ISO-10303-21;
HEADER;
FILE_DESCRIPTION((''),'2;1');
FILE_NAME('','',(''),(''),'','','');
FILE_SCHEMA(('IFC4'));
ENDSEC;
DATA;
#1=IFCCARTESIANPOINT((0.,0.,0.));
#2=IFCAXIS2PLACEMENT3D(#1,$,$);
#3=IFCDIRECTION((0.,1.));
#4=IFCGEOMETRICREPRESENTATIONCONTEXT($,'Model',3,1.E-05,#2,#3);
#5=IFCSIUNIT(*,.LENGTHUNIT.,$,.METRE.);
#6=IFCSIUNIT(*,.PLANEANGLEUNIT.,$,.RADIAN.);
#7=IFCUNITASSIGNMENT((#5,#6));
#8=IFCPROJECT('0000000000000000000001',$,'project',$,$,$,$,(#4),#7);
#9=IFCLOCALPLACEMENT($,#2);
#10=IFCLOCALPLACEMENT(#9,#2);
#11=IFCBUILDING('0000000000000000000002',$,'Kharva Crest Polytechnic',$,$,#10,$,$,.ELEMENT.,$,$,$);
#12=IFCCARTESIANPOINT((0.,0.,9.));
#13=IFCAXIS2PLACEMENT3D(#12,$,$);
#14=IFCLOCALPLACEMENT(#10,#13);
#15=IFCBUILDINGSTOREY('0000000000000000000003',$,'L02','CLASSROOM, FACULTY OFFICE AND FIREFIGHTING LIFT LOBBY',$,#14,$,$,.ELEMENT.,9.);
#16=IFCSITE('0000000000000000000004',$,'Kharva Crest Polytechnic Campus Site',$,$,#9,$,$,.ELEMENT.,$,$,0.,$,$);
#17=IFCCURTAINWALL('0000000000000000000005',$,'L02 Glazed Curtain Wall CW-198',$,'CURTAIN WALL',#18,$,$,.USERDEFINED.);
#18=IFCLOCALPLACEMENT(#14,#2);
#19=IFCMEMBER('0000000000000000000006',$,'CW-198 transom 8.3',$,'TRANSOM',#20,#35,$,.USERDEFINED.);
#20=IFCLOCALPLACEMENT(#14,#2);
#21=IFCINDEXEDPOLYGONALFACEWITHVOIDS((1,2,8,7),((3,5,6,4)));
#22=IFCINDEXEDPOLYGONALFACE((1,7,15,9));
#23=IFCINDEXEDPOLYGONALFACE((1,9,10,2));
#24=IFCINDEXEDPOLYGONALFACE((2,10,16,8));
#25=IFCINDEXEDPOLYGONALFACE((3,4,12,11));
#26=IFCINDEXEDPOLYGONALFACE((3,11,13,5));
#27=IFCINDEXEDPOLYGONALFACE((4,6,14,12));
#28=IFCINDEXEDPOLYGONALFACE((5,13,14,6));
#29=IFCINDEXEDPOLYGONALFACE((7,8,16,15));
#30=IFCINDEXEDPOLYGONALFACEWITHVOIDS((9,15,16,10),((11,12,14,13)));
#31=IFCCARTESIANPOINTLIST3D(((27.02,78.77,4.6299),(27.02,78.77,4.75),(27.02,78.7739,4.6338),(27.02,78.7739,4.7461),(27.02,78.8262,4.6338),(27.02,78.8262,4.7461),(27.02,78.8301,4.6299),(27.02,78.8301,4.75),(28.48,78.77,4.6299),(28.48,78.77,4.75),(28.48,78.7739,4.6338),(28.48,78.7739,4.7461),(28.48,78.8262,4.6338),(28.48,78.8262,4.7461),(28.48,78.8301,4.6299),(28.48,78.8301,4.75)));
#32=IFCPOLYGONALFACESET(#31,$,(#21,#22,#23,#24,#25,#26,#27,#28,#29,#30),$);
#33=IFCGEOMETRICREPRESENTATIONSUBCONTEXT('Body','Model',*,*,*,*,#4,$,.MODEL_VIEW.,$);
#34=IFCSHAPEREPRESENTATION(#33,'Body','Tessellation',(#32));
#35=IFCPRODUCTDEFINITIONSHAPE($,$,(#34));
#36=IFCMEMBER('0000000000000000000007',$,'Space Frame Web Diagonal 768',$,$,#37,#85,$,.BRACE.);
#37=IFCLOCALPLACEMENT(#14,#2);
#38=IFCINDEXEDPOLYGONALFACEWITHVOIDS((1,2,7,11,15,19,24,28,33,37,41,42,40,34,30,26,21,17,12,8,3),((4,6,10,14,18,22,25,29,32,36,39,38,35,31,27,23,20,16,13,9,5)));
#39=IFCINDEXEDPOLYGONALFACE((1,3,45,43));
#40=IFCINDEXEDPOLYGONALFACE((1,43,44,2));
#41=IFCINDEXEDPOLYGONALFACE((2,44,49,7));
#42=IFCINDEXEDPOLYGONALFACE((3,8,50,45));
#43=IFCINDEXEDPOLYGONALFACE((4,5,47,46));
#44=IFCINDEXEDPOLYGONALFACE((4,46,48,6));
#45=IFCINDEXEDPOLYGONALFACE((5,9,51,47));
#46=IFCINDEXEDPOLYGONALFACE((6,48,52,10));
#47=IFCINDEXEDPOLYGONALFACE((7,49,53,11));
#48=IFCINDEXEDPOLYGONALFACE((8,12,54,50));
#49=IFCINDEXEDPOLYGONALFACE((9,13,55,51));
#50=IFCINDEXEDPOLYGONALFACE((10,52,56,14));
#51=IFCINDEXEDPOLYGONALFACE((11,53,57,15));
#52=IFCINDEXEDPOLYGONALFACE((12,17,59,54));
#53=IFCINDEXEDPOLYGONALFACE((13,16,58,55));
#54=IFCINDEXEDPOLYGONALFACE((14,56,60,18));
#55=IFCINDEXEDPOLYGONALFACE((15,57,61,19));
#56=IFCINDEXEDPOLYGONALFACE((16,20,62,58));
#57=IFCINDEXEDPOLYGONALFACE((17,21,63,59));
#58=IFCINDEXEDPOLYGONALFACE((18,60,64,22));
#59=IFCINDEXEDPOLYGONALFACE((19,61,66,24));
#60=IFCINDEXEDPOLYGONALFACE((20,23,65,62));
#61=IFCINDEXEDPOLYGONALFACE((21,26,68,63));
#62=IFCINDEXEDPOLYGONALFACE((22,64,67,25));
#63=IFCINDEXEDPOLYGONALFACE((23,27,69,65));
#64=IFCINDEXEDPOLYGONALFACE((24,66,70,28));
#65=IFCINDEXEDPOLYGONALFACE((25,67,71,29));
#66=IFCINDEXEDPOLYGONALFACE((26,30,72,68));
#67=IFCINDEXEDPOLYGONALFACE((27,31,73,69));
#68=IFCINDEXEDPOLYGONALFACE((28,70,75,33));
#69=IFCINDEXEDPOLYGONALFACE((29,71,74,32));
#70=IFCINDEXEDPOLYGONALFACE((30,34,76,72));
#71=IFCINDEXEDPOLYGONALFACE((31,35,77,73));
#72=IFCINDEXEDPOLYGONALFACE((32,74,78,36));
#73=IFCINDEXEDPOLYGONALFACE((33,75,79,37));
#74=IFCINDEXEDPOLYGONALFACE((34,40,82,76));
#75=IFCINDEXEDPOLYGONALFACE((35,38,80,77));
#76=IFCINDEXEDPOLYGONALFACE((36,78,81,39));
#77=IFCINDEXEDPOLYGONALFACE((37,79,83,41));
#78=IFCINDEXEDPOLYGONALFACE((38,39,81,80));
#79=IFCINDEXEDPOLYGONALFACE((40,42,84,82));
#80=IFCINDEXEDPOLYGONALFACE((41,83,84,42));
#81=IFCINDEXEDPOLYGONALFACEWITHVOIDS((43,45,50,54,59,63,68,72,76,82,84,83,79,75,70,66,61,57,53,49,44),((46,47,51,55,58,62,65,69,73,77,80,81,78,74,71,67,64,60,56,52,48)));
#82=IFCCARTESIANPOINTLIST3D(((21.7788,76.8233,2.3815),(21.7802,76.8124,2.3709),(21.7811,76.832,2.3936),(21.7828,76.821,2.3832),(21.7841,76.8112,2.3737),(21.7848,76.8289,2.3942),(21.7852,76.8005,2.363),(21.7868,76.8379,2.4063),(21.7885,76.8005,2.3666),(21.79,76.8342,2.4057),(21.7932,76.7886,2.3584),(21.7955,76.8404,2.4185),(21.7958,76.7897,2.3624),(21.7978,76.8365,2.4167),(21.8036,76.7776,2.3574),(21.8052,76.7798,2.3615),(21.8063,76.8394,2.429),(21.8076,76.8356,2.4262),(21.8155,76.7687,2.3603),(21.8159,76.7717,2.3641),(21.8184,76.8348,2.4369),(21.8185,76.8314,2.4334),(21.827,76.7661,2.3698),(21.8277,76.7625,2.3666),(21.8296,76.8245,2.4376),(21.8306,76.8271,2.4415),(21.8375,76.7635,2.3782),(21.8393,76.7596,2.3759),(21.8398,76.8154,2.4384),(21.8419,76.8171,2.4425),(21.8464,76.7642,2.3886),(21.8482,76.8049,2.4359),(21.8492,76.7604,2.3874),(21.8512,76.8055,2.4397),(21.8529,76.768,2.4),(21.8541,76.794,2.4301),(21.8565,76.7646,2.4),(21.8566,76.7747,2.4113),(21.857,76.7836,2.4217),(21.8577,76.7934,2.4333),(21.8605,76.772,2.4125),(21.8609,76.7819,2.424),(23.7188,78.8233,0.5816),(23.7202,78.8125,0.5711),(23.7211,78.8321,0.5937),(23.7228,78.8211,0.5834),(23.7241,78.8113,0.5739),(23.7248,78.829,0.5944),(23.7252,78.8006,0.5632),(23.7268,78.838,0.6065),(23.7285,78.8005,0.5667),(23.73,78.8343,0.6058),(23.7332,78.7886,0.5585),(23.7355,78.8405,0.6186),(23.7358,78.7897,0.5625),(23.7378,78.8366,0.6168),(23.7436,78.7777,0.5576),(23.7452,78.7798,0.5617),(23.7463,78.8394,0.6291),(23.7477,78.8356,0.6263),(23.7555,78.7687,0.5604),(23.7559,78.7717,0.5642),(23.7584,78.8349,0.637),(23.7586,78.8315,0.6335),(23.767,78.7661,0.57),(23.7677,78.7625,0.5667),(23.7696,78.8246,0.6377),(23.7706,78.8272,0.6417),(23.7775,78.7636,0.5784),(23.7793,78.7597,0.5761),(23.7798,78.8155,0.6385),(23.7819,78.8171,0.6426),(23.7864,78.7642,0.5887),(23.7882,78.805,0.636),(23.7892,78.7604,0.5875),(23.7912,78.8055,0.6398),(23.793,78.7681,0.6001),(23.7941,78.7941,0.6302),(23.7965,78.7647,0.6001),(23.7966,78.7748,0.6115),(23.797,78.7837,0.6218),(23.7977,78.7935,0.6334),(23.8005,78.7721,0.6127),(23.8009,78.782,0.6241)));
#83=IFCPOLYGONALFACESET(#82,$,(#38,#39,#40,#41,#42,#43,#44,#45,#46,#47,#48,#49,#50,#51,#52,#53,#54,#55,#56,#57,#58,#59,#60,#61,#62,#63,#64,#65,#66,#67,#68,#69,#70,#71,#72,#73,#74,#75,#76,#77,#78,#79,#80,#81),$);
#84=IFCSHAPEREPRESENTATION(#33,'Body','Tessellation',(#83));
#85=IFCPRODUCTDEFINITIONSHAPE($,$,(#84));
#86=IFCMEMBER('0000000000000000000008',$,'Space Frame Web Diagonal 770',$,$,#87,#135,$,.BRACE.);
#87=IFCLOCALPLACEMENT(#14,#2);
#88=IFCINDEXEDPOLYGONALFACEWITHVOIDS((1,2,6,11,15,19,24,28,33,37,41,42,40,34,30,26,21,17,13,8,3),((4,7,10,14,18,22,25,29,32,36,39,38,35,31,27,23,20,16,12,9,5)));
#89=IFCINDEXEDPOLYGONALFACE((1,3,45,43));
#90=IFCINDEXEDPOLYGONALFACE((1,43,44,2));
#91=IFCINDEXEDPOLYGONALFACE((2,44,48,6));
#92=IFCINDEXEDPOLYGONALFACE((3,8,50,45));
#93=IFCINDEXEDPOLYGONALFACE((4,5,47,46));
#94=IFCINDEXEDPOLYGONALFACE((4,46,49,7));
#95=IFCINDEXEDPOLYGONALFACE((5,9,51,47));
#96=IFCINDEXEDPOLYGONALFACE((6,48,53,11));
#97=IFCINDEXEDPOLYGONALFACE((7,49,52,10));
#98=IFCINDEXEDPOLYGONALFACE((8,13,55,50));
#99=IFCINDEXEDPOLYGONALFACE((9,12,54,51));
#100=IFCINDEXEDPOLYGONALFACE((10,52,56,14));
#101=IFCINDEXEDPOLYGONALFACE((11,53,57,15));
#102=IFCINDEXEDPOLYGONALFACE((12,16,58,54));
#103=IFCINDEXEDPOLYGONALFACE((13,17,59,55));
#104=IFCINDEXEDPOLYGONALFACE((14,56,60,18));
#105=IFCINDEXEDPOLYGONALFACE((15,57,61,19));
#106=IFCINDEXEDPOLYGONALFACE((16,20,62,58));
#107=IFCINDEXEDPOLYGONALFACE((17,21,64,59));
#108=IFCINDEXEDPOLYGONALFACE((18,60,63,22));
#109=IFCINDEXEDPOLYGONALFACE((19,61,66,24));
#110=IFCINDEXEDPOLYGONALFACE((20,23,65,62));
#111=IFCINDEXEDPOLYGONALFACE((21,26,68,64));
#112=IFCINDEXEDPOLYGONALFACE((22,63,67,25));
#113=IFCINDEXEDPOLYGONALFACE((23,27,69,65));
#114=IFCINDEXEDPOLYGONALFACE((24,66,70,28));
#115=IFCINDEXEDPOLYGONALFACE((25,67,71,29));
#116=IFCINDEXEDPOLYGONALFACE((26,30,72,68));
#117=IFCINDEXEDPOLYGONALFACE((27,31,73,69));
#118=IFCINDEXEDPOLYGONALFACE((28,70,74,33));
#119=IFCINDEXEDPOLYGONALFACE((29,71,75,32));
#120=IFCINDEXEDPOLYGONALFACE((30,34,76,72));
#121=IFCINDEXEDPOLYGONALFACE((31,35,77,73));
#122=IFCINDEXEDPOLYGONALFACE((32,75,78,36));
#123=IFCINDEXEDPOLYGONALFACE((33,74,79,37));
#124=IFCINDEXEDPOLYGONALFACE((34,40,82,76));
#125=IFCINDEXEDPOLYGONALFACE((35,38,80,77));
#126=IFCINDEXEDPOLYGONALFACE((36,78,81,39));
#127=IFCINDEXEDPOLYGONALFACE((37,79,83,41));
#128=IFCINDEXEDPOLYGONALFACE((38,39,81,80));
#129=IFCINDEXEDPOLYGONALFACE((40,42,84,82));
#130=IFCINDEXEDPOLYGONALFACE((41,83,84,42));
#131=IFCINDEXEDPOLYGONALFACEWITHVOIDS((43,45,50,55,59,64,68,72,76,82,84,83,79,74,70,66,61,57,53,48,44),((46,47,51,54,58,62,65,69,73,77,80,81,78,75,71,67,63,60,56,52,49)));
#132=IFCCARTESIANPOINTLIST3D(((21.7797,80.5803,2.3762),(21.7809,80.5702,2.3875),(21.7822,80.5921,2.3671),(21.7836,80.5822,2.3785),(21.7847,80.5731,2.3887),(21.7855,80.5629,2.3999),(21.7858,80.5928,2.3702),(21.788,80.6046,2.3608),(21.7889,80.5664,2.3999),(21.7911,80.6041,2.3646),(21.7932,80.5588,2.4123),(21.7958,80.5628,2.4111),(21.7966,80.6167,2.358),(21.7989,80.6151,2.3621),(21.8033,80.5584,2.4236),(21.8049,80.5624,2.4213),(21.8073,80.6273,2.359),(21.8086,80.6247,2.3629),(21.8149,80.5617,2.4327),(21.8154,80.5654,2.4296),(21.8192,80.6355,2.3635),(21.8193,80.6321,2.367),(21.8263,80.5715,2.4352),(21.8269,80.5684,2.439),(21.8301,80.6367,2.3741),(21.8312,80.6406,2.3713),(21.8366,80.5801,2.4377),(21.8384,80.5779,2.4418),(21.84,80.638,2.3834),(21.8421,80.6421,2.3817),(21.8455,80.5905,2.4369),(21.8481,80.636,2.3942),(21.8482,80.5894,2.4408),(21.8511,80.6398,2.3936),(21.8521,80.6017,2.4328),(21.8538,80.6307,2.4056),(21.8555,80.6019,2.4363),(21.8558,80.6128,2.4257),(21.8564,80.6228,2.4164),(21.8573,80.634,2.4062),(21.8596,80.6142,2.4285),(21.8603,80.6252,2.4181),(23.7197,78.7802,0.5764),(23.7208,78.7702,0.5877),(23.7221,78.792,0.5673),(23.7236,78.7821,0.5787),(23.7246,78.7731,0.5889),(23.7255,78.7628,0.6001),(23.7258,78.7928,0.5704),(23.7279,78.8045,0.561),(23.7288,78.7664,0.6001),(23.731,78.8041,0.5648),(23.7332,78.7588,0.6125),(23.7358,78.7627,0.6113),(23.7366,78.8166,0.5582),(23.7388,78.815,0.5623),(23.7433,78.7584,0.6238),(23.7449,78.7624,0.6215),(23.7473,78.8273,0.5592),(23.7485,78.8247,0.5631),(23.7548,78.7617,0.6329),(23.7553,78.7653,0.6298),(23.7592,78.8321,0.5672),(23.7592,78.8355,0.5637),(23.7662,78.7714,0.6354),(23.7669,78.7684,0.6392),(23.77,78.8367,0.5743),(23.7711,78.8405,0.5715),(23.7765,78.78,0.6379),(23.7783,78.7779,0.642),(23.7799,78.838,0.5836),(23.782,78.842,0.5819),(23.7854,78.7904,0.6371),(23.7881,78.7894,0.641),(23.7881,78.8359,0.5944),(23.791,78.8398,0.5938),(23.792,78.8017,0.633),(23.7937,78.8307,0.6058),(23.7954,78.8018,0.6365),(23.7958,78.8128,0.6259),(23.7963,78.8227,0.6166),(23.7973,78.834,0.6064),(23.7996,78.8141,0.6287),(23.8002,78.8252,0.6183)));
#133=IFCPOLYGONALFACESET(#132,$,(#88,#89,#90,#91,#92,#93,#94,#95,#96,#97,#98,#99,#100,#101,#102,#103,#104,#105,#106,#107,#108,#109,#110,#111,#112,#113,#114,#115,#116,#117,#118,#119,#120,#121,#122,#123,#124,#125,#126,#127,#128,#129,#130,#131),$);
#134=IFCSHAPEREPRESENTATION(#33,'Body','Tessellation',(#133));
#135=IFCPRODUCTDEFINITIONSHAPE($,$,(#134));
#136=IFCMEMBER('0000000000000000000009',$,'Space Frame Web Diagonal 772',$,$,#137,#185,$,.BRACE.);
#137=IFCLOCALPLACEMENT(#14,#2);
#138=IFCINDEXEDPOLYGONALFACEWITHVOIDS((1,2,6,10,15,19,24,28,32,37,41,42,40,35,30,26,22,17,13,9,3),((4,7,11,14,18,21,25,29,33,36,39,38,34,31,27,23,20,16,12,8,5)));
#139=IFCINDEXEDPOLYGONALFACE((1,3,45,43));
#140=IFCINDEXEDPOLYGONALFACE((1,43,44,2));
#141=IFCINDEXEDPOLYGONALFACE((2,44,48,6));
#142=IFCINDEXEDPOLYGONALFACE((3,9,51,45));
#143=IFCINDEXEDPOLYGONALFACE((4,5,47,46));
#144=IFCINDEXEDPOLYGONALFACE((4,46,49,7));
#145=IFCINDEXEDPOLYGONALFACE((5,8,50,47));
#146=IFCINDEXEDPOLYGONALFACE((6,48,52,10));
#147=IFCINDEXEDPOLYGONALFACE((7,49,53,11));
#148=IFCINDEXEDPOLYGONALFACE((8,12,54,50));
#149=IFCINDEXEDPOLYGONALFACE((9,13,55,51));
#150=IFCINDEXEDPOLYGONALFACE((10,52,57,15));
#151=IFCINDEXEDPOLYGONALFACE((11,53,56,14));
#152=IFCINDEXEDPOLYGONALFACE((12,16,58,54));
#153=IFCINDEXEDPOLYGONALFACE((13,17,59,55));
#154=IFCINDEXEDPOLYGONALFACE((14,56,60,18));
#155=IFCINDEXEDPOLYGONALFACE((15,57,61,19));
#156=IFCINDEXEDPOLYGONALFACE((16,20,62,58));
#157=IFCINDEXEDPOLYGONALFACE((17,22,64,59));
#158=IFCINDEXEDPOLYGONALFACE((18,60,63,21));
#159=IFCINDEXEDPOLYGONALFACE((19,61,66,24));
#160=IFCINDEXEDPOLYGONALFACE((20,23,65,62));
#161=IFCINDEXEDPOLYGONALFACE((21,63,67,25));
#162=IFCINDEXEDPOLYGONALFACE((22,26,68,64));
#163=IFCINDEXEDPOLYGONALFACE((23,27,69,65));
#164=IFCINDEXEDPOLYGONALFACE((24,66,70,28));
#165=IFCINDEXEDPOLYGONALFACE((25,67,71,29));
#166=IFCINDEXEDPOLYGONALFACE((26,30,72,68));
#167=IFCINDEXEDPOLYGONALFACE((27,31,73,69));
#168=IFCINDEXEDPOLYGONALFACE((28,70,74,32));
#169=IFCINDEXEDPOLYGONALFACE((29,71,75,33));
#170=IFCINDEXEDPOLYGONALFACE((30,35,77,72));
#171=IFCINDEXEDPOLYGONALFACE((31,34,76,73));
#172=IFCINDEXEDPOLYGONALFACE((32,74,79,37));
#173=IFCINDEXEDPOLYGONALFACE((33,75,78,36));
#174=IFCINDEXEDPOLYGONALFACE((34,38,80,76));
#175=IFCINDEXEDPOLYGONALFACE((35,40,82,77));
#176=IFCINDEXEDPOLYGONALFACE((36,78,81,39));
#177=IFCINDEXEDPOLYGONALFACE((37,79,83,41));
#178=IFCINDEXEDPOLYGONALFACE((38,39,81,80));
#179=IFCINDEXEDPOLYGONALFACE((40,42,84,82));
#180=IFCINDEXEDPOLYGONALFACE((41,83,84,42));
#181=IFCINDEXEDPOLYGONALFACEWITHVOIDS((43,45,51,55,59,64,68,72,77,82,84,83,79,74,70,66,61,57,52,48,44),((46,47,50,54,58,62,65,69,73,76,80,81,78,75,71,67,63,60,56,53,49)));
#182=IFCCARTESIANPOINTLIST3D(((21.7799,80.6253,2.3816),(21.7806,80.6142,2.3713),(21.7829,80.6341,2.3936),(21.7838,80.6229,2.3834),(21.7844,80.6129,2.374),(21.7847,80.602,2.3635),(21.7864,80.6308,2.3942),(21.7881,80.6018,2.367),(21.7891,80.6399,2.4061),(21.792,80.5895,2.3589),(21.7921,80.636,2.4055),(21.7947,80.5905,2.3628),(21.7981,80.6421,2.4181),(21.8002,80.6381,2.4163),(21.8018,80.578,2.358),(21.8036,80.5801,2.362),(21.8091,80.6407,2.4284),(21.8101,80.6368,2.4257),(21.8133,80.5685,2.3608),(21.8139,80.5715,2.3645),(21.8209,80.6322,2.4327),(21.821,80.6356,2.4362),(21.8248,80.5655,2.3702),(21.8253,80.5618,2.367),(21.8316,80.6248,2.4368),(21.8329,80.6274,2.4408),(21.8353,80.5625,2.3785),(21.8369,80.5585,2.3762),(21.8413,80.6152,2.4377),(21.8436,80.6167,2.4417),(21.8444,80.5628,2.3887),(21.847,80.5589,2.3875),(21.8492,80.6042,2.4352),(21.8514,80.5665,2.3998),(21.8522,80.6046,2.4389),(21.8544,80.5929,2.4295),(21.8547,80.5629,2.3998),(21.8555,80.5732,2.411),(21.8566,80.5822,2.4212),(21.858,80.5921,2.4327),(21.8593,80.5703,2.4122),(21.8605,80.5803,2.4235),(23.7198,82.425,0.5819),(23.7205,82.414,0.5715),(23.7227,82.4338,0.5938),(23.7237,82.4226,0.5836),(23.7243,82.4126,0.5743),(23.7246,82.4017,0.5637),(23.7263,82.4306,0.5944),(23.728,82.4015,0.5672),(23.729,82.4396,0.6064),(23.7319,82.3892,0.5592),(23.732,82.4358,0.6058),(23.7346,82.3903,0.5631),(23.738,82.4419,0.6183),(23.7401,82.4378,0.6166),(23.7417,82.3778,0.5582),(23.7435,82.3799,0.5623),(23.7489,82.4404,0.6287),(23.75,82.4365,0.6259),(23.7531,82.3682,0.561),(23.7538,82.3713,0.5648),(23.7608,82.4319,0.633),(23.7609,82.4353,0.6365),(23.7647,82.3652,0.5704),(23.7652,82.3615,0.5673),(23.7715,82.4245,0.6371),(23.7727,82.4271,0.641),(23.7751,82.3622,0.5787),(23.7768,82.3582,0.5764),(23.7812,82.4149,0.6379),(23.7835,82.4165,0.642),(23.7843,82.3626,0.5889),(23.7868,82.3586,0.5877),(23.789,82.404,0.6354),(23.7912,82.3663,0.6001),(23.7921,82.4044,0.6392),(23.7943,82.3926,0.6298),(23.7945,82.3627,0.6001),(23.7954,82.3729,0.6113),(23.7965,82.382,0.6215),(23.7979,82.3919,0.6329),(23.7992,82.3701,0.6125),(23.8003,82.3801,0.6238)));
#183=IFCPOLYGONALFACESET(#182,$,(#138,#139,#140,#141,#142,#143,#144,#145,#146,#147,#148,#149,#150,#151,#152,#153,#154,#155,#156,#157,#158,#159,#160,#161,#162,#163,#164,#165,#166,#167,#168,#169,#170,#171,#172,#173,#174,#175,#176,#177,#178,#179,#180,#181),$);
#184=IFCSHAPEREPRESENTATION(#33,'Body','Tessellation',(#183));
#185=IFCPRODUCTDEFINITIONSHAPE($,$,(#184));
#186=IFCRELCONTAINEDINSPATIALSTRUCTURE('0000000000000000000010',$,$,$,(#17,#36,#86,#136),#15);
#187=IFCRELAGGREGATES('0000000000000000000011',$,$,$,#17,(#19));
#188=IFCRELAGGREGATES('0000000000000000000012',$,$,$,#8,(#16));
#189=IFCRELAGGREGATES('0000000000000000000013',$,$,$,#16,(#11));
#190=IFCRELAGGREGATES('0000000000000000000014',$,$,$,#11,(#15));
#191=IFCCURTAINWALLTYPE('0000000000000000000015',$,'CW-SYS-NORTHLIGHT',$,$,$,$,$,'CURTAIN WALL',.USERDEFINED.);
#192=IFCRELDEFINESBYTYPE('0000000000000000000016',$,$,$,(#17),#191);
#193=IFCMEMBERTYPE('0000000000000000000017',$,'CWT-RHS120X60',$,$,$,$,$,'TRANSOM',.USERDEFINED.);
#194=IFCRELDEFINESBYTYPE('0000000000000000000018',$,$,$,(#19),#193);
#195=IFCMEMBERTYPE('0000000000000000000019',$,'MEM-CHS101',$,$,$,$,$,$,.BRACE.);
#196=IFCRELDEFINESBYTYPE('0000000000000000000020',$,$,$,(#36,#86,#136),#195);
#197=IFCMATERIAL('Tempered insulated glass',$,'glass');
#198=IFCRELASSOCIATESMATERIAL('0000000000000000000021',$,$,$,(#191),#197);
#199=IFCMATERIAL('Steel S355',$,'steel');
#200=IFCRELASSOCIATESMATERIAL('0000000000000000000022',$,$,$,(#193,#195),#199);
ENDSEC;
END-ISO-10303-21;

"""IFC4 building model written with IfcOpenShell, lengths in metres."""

from ifc_helpers import new_model, si_unit, direction, frame, origin, origin_2d, place, context, subcontext, project, spatial, hollow_rectangle, hollow_circle, extrude, material, material_profile, profile_set, type_object, element, aggregate, save


model = new_model("IFC4")

# Units and contexts
model_context = context("Model", 3, precision=1e-05, world=origin(), true_north=direction((0.0, 1.0)))
body_context = subcontext(model_context, "Body", "Model", "MODEL_VIEW")
ifc_project = project(units=[si_unit("LENGTHUNIT", "METRE"), si_unit("PLANEANGLEUNIT", "RADIAN")], contexts=[model_context])

# Site, building, storey
site_placement = place(None, origin())
site = spatial("IfcSite", under=ifc_project, at=site_placement, Name="Kharva Crest Polytechnic Campus Site", CompositionType="ELEMENT", RefElevation=0.0)
building_placement = place(site_placement, origin())
building = spatial("IfcBuilding", under=site, at=building_placement, Name="Kharva Crest Polytechnic", CompositionType="ELEMENT")
storey_placement = place(building_placement, frame((0.0, 0.0, 9.0)))
storey = spatial("IfcBuildingStorey", under=building, at=storey_placement, Name="L02", Description="CLASSROOM, FACULTY OFFICE AND FIREFIGHTING LIFT LOBBY", CompositionType="ELEMENT", Elevation=9.0)

# Curtain wall, member
ifc_material_1 = material(Name="Tempered insulated glass", Category="glass")
curtain_wall_type = type_object("IfcCurtainWallType", Name="CW-SYS-NORTHLIGHT", ElementType="CURTAIN WALL", PredefinedType="USERDEFINED", material=ifc_material_1)
curtain_wall_placement = place(storey_placement, origin())
curtain_wall = element("IfcCurtainWall", 1, at=curtain_wall_placement, inside=storey, type_object=curtain_wall_type, Name="L02 Glazed Curtain Wall CW-198", ObjectType="CURTAIN WALL", PredefinedType="USERDEFINED")
ifc_material_2 = material(Name="Steel S355", Category="steel")
ifc_material_profile_1 = material_profile(ifc_material_2, hollow_rectangle(XDim=0.0601, YDim=0.1201, WallThickness=0.0039, at=origin_2d()), Name="RHS 120X60X4.0")
ifc_profile_set_1 = profile_set([ifc_material_profile_1], Name="Steel S355")
member_type_1 = type_object("IfcMemberType", Name="CWT-RHS120X60", ElementType="TRANSOM", PredefinedType="USERDEFINED", material=ifc_profile_set_1)
member_1_placement = place(storey_placement, frame((27.02, 78.8, 4.6899), z_axis=(1.0, 0.0, 0.0), x_axis=(0.0, 1.0, 0.0)))
member_1 = element("IfcMember", 2, at=member_1_placement, type_object=member_type_1, Name="CW-198 transom 8.3", ObjectType="TRANSOM", PredefinedType="USERDEFINED", context=body_context, shape_type="SweptSolid", body=[
    extrude(hollow_rectangle(XDim=0.0601, YDim=0.1201, WallThickness=0.0039, at=origin_2d()), origin(), (0.0, 0.0, 1.0), 1.46),
])

# Members
ifc_material_profile_2 = material_profile(ifc_material_2, hollow_circle(Radius=0.0508, WallThickness=0.0049, at=origin_2d()), Name="CHS 101.6X5.0")
ifc_profile_set_2 = profile_set([ifc_material_profile_2], Name="Steel S355")
member_type_2 = type_object("IfcMemberType", Name="MEM-CHS101", PredefinedType="BRACE", material=ifc_profile_set_2)
member_2_placement = place(storey_placement, frame((23.76, 78.8, 0.6001), z_axis=(-0.584843, -0.60295, 0.542596), x_axis=(0.717802, -0.696247, 0.0)))
element("IfcMember", 3, at=member_2_placement, inside=storey, type_object=member_type_2, Name="Space Frame Web Diagonal 768", PredefinedType="BRACE", context=body_context, shape_type="SweptSolid", body=[
    extrude(hollow_circle(Radius=0.0508, WallThickness=0.0049, at=origin_2d()), origin(), (0.0, 0.0, 1.0), 3.3171),
])
member_3_placement = place(storey_placement, frame((23.76, 78.8, 0.6001), z_axis=(-0.606147, 0.562437, 0.562361), x_axis=(-0.680182, -0.733043, 0.0)))
element("IfcMember", 4, at=member_3_placement, inside=storey, type_object=member_type_2, Name="Space Frame Web Diagonal 770", PredefinedType="BRACE", context=body_context, shape_type="SweptSolid", body=[
    extrude(hollow_circle(Radius=0.0508, WallThickness=0.0049, at=origin_2d()), origin(), (0.0, 0.0, 1.0), 3.2004),
])
member_4_placement = place(storey_placement, frame((23.76, 82.3999, 0.6001), z_axis=(-0.606173, -0.562385, 0.562385), x_axis=(0.680133, -0.733089, 0.0)))
element("IfcMember", 5, at=member_4_placement, inside=storey, type_object=member_type_2, Name="Space Frame Web Diagonal 772", PredefinedType="BRACE", context=body_context, shape_type="SweptSolid", body=[
    extrude(hollow_circle(Radius=0.0508, WallThickness=0.0049, at=origin_2d()), origin(), (0.0, 0.0, 1.0), 3.2002),
])

aggregate(curtain_wall, [member_1])

save(model, "model.ifc")
